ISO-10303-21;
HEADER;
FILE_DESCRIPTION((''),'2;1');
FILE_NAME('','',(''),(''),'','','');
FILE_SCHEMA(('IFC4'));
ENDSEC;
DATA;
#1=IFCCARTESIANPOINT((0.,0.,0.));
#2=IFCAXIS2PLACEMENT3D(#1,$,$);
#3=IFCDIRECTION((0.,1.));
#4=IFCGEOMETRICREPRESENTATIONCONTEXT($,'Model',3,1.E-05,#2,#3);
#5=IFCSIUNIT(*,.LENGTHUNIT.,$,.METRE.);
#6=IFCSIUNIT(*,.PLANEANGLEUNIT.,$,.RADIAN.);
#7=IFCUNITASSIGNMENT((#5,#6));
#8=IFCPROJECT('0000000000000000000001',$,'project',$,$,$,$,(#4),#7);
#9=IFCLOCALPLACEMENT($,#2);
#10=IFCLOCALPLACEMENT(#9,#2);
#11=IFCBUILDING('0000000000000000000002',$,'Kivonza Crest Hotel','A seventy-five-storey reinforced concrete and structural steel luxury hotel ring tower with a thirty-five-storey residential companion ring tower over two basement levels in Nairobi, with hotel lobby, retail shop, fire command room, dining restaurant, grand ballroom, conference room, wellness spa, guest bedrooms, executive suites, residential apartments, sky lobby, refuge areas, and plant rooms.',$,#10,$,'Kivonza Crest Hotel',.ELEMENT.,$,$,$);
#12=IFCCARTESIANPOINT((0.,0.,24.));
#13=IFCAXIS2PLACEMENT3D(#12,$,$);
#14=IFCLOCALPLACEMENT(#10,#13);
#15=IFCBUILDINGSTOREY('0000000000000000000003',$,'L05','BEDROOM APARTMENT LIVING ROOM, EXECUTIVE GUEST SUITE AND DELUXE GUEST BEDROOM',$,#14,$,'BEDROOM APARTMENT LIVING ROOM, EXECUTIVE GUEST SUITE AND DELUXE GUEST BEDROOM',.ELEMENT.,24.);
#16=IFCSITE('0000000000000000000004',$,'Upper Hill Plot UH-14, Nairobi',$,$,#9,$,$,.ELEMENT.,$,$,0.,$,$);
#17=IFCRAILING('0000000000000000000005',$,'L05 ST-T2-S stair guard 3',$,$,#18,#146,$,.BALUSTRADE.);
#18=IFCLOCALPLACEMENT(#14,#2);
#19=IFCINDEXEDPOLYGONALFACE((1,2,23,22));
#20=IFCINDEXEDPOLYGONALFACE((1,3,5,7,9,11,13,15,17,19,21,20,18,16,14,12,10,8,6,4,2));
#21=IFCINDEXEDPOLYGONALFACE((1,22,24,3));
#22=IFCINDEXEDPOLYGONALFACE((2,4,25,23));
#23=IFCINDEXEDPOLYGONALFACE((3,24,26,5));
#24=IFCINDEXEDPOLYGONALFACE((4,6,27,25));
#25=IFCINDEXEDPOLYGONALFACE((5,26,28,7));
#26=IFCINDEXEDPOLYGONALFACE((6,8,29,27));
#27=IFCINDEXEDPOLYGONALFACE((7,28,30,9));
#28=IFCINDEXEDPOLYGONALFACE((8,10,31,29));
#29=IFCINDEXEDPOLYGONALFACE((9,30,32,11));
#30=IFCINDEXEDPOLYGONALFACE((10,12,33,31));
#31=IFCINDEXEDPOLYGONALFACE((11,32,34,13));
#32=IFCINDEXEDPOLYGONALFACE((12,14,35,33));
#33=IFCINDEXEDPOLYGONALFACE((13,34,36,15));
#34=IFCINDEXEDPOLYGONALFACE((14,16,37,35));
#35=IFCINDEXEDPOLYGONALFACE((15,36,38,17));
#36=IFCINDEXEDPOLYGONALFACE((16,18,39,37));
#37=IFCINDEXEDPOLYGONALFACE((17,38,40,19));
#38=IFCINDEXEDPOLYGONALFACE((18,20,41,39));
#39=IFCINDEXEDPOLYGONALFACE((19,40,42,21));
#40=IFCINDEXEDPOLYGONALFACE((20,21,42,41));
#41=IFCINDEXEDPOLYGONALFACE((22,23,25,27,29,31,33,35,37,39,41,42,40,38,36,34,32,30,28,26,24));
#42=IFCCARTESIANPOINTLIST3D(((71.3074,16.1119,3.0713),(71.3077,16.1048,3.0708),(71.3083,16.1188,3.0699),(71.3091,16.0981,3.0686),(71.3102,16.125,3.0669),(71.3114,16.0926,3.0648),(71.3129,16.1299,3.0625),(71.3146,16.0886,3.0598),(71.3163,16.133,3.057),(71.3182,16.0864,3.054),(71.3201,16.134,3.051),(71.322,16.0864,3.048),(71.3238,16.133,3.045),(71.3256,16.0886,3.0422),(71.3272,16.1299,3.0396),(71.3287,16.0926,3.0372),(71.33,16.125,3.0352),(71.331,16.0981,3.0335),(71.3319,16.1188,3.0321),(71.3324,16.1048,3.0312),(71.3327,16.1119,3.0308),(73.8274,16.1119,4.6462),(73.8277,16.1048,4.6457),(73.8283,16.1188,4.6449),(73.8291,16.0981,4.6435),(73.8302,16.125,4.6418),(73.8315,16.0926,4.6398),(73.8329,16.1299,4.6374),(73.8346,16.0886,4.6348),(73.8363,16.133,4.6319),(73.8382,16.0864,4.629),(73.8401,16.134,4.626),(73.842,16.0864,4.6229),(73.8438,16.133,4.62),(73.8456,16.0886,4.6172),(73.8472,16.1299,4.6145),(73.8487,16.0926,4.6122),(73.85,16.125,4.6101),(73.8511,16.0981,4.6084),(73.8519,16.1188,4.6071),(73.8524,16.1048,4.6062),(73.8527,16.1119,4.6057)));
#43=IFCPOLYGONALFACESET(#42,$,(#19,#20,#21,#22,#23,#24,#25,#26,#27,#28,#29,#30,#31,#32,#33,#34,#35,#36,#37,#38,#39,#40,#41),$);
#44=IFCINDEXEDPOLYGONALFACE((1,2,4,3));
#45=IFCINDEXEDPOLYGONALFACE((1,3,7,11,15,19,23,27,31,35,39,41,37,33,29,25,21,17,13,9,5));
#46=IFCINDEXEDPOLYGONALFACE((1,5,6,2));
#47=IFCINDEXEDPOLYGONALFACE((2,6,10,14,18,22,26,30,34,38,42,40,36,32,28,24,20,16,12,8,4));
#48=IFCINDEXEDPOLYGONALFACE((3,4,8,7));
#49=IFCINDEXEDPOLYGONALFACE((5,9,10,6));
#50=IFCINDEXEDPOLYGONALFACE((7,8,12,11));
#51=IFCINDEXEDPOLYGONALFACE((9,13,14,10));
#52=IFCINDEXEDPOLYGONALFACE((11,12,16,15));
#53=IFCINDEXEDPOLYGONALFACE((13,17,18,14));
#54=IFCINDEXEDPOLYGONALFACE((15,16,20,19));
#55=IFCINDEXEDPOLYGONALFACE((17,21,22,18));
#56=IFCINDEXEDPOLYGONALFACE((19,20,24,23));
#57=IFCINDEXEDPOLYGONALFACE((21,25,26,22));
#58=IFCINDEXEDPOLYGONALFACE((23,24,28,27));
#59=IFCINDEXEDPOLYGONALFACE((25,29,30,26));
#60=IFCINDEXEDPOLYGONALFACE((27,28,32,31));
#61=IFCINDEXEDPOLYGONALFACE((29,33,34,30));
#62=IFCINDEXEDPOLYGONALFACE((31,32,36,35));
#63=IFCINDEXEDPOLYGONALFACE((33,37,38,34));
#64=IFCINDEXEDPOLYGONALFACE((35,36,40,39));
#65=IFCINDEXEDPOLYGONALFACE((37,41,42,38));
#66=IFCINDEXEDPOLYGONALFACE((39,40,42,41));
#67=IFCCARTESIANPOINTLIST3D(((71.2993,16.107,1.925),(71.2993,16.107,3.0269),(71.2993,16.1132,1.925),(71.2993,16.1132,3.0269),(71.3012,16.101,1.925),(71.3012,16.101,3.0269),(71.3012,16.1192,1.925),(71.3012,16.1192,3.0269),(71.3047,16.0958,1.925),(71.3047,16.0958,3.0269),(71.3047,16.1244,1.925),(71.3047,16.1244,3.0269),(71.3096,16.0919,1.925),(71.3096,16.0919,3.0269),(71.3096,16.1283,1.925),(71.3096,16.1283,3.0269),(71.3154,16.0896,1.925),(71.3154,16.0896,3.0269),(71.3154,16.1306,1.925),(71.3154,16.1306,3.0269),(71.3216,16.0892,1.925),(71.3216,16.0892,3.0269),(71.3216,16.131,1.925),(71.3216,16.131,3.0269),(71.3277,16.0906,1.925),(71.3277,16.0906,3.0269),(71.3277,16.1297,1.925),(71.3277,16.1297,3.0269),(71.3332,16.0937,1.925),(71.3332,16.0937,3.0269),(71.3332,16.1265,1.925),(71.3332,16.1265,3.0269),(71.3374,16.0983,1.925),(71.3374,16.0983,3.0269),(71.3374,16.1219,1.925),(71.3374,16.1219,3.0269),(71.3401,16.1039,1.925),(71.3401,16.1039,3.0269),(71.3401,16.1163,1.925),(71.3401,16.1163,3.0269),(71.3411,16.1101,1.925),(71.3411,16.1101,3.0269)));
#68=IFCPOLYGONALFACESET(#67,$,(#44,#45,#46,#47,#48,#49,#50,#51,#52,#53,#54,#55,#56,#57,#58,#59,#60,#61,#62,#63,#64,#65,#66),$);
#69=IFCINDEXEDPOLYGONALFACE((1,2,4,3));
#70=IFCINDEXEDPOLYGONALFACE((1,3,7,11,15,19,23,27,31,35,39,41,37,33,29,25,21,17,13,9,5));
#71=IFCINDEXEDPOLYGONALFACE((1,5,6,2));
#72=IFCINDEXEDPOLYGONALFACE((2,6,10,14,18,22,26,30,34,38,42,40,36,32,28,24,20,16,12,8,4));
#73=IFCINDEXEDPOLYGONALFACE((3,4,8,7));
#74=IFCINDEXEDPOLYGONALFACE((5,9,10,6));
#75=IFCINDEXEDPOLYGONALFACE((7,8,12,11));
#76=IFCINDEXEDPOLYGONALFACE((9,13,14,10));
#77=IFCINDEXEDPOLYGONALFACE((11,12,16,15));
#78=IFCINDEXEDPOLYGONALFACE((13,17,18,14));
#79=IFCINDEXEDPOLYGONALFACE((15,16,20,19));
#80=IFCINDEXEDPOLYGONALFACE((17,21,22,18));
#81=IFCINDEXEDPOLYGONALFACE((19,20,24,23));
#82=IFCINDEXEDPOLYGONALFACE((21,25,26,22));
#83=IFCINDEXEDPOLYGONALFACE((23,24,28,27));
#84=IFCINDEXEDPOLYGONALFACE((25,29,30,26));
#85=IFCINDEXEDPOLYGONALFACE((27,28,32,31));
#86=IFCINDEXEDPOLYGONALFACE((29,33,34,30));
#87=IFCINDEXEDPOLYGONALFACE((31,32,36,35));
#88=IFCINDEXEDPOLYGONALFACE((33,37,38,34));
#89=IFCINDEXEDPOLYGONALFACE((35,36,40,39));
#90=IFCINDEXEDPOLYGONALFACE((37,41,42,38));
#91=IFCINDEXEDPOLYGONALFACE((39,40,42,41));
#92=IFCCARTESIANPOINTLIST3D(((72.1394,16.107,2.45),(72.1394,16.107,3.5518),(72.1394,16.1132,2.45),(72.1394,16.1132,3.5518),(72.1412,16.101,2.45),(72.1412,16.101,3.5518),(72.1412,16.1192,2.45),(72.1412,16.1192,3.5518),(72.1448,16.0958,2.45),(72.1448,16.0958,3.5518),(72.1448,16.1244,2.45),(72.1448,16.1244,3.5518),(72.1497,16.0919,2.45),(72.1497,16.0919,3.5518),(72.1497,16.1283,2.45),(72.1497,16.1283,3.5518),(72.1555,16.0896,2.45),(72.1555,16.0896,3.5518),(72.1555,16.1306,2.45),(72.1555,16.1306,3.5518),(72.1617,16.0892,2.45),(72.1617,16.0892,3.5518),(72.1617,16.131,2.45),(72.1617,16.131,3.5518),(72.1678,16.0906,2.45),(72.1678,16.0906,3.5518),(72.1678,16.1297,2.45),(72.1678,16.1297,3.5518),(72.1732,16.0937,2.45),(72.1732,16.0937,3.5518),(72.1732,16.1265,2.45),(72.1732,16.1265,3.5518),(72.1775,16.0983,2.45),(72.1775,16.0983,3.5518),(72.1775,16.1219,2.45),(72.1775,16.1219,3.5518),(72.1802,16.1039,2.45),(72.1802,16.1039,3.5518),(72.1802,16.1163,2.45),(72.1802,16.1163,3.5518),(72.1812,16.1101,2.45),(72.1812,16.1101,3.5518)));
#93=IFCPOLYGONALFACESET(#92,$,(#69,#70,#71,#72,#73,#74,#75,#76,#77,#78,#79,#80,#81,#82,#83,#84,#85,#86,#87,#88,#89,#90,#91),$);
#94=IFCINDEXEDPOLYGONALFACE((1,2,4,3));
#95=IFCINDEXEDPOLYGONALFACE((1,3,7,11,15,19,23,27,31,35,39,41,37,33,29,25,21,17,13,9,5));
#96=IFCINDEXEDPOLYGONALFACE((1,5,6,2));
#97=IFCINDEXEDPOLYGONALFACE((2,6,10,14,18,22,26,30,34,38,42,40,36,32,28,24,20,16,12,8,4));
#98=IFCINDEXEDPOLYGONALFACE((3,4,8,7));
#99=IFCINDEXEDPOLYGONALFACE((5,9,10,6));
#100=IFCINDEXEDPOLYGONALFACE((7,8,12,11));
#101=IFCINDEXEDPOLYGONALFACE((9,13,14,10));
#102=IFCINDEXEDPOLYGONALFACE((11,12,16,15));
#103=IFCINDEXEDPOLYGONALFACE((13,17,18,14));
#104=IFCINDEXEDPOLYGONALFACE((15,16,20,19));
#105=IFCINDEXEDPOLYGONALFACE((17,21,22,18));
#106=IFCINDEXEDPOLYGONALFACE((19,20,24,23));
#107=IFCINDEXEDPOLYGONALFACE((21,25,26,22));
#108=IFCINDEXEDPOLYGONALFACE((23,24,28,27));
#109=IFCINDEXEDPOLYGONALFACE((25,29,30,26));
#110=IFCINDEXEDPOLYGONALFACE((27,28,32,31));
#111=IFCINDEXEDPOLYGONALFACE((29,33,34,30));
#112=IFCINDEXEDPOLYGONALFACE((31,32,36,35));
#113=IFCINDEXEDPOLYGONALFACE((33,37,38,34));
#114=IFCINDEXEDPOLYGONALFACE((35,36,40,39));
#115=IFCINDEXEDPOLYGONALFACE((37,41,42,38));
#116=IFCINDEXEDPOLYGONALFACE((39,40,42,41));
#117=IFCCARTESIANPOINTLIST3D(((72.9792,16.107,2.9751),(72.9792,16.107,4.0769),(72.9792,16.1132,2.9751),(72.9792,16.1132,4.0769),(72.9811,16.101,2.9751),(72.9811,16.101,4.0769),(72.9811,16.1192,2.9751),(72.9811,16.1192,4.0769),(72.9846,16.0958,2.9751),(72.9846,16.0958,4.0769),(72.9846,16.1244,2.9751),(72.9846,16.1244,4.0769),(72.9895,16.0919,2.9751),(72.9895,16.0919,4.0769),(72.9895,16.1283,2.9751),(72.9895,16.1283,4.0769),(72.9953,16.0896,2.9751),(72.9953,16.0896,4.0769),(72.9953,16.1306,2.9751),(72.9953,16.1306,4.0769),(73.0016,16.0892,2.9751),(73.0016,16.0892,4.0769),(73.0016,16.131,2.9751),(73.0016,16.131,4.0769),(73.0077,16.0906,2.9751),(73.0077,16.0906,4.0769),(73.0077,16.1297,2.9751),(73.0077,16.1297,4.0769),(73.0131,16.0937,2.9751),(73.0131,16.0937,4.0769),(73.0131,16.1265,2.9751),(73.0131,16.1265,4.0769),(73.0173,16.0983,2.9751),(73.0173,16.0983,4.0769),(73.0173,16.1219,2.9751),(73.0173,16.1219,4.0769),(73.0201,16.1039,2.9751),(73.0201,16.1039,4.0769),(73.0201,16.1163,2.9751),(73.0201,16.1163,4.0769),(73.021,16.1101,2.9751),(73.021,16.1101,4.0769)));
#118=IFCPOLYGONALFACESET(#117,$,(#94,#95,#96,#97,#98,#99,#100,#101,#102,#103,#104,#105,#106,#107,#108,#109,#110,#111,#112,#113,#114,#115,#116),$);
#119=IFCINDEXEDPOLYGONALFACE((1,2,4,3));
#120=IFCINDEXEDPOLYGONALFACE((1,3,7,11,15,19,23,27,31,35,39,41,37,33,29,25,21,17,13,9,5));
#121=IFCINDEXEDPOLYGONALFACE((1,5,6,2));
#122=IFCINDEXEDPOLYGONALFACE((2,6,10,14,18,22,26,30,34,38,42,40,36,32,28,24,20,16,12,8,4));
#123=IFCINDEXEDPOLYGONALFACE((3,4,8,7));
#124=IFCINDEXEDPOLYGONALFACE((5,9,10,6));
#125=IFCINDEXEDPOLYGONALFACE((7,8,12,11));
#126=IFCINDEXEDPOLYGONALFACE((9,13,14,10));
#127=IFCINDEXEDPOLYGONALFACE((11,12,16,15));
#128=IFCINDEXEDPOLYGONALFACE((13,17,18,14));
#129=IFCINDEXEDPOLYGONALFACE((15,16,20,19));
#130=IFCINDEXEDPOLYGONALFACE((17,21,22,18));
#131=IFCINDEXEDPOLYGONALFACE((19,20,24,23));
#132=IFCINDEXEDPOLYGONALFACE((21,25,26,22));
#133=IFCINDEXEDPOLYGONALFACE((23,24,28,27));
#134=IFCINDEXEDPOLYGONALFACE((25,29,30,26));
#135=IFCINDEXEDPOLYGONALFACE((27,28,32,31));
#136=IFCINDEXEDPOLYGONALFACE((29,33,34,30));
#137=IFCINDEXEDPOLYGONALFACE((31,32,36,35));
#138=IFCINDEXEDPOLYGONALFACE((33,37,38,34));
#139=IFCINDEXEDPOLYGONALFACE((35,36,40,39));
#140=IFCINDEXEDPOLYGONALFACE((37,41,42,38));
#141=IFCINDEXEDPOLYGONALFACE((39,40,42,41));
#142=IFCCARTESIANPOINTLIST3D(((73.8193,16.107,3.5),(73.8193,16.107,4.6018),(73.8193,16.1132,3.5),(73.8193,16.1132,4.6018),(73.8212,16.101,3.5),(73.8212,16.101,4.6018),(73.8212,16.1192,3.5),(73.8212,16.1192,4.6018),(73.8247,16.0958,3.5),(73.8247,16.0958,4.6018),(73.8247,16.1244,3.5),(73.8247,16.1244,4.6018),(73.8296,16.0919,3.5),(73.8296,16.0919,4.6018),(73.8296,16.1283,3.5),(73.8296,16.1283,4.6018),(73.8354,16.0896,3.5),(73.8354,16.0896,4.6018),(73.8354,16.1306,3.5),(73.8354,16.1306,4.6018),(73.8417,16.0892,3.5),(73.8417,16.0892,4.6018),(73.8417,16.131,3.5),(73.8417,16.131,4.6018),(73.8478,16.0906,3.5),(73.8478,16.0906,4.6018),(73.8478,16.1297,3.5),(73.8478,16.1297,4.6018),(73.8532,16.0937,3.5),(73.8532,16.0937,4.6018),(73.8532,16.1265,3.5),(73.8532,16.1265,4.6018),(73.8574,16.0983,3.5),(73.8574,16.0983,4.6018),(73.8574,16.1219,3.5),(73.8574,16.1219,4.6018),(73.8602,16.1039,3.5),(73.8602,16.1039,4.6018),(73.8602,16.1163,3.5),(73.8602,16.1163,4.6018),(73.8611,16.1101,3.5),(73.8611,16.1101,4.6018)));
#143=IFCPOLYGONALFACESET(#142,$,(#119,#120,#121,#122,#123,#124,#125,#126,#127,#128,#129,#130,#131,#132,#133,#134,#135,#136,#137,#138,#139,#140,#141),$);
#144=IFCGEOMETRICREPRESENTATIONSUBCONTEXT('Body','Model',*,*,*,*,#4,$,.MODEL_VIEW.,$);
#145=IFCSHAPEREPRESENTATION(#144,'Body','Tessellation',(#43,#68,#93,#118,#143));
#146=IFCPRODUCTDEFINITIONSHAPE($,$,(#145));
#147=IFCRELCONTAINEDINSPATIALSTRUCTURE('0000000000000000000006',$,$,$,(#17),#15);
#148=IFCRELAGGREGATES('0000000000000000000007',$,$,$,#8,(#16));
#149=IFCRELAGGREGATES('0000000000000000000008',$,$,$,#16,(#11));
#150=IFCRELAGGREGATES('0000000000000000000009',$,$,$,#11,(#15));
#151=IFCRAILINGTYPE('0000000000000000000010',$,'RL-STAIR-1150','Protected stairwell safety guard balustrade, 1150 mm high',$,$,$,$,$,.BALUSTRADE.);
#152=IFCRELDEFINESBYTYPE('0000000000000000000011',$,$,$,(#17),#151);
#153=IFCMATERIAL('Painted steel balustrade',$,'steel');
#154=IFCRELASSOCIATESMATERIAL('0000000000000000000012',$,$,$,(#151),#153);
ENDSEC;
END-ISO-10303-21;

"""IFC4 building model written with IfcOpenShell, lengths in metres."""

from ifc_helpers import new_model, si_unit, direction, frame, origin, origin_2d, place, context, subcontext, project, spatial, circle, extrude, material, type_object, element, save


model = new_model("IFC4")

# Units and contexts
model_context = context("Model", 3, precision=1e-05, world=origin(), true_north=direction((0.0, 1.0)))
body_context = subcontext(model_context, "Body", "Model", "MODEL_VIEW")
ifc_project = project(units=[si_unit("LENGTHUNIT", "METRE"), si_unit("PLANEANGLEUNIT", "RADIAN")], contexts=[model_context])

# Site, building, storey
site_placement = place(None, origin())
site = spatial("IfcSite", under=ifc_project, at=site_placement, Name="Upper Hill Plot UH-14, Nairobi", CompositionType="ELEMENT", RefElevation=0.0)
building_placement = place(site_placement, origin())
building = spatial("IfcBuilding", under=site, at=building_placement, Name="Kivonza Crest Hotel", Description="A seventy-five-storey reinforced concrete and structural steel luxury hotel ring tower with a thirty-five-storey residential companion ring tower over two basement levels in Nairobi, with hotel lobby, retail shop, fire command room, dining restaurant, grand ballroom, conference room, wellness spa, guest bedrooms, executive suites, residential apartments, sky lobby, refuge areas, and plant rooms.", LongName="Kivonza Crest Hotel", CompositionType="ELEMENT")
storey_placement = place(building_placement, frame((0.0, 0.0, 24.0)))
storey = spatial("IfcBuildingStorey", under=building, at=storey_placement, Name="L05", Description="BEDROOM APARTMENT LIVING ROOM, EXECUTIVE GUEST SUITE AND DELUXE GUEST BEDROOM", LongName="BEDROOM APARTMENT LIVING ROOM, EXECUTIVE GUEST SUITE AND DELUXE GUEST BEDROOM", CompositionType="ELEMENT", Elevation=24.0)

# Railing
ifc_material_1 = material(Name="Painted steel balustrade", Category="steel")
railing_type_1 = type_object("IfcRailingType", Name="RL-STAIR-1150", Description="Protected stairwell safety guard balustrade, 1150 mm high", PredefinedType="BALUSTRADE", material=ifc_material_1)
railing_1_placement = place(storey_placement, frame((71.3201, 16.1101, 1.925)))
element("IfcRailing", 1, at=railing_1_placement, inside=storey, type_object=railing_type_1, Name="L05 ST-T2-S stair guard 3", PredefinedType="BALUSTRADE", context=body_context, shape_type="SweptSolid", body=[
    extrude(circle(Radius=0.0239, at=origin_2d()), frame((0.0, 0.0, 1.126), z_axis=(0.848008, 0.0, 0.529984), x_axis=(0.0, 1.0, 0.0)), (0.0, 0.0, 1.0), 2.9717),
    extrude(circle(Radius=0.021, at=origin_2d()), origin(), (0.0, 0.0, 1.0), 1.1018),
    extrude(circle(Radius=0.021, at=origin_2d()), frame((0.8401, 0.0, 0.5249)), (0.0, 0.0, 1.0), 1.1018),
    extrude(circle(Radius=0.021, at=origin_2d()), frame((1.6799, 0.0, 1.05)), (0.0, 0.0, 1.0), 1.1018),
    extrude(circle(Radius=0.021, at=origin_2d()), frame((2.52, 0.0, 1.575)), (0.0, 0.0, 1.0), 1.1018),
])

save(model, "model.ifc")
